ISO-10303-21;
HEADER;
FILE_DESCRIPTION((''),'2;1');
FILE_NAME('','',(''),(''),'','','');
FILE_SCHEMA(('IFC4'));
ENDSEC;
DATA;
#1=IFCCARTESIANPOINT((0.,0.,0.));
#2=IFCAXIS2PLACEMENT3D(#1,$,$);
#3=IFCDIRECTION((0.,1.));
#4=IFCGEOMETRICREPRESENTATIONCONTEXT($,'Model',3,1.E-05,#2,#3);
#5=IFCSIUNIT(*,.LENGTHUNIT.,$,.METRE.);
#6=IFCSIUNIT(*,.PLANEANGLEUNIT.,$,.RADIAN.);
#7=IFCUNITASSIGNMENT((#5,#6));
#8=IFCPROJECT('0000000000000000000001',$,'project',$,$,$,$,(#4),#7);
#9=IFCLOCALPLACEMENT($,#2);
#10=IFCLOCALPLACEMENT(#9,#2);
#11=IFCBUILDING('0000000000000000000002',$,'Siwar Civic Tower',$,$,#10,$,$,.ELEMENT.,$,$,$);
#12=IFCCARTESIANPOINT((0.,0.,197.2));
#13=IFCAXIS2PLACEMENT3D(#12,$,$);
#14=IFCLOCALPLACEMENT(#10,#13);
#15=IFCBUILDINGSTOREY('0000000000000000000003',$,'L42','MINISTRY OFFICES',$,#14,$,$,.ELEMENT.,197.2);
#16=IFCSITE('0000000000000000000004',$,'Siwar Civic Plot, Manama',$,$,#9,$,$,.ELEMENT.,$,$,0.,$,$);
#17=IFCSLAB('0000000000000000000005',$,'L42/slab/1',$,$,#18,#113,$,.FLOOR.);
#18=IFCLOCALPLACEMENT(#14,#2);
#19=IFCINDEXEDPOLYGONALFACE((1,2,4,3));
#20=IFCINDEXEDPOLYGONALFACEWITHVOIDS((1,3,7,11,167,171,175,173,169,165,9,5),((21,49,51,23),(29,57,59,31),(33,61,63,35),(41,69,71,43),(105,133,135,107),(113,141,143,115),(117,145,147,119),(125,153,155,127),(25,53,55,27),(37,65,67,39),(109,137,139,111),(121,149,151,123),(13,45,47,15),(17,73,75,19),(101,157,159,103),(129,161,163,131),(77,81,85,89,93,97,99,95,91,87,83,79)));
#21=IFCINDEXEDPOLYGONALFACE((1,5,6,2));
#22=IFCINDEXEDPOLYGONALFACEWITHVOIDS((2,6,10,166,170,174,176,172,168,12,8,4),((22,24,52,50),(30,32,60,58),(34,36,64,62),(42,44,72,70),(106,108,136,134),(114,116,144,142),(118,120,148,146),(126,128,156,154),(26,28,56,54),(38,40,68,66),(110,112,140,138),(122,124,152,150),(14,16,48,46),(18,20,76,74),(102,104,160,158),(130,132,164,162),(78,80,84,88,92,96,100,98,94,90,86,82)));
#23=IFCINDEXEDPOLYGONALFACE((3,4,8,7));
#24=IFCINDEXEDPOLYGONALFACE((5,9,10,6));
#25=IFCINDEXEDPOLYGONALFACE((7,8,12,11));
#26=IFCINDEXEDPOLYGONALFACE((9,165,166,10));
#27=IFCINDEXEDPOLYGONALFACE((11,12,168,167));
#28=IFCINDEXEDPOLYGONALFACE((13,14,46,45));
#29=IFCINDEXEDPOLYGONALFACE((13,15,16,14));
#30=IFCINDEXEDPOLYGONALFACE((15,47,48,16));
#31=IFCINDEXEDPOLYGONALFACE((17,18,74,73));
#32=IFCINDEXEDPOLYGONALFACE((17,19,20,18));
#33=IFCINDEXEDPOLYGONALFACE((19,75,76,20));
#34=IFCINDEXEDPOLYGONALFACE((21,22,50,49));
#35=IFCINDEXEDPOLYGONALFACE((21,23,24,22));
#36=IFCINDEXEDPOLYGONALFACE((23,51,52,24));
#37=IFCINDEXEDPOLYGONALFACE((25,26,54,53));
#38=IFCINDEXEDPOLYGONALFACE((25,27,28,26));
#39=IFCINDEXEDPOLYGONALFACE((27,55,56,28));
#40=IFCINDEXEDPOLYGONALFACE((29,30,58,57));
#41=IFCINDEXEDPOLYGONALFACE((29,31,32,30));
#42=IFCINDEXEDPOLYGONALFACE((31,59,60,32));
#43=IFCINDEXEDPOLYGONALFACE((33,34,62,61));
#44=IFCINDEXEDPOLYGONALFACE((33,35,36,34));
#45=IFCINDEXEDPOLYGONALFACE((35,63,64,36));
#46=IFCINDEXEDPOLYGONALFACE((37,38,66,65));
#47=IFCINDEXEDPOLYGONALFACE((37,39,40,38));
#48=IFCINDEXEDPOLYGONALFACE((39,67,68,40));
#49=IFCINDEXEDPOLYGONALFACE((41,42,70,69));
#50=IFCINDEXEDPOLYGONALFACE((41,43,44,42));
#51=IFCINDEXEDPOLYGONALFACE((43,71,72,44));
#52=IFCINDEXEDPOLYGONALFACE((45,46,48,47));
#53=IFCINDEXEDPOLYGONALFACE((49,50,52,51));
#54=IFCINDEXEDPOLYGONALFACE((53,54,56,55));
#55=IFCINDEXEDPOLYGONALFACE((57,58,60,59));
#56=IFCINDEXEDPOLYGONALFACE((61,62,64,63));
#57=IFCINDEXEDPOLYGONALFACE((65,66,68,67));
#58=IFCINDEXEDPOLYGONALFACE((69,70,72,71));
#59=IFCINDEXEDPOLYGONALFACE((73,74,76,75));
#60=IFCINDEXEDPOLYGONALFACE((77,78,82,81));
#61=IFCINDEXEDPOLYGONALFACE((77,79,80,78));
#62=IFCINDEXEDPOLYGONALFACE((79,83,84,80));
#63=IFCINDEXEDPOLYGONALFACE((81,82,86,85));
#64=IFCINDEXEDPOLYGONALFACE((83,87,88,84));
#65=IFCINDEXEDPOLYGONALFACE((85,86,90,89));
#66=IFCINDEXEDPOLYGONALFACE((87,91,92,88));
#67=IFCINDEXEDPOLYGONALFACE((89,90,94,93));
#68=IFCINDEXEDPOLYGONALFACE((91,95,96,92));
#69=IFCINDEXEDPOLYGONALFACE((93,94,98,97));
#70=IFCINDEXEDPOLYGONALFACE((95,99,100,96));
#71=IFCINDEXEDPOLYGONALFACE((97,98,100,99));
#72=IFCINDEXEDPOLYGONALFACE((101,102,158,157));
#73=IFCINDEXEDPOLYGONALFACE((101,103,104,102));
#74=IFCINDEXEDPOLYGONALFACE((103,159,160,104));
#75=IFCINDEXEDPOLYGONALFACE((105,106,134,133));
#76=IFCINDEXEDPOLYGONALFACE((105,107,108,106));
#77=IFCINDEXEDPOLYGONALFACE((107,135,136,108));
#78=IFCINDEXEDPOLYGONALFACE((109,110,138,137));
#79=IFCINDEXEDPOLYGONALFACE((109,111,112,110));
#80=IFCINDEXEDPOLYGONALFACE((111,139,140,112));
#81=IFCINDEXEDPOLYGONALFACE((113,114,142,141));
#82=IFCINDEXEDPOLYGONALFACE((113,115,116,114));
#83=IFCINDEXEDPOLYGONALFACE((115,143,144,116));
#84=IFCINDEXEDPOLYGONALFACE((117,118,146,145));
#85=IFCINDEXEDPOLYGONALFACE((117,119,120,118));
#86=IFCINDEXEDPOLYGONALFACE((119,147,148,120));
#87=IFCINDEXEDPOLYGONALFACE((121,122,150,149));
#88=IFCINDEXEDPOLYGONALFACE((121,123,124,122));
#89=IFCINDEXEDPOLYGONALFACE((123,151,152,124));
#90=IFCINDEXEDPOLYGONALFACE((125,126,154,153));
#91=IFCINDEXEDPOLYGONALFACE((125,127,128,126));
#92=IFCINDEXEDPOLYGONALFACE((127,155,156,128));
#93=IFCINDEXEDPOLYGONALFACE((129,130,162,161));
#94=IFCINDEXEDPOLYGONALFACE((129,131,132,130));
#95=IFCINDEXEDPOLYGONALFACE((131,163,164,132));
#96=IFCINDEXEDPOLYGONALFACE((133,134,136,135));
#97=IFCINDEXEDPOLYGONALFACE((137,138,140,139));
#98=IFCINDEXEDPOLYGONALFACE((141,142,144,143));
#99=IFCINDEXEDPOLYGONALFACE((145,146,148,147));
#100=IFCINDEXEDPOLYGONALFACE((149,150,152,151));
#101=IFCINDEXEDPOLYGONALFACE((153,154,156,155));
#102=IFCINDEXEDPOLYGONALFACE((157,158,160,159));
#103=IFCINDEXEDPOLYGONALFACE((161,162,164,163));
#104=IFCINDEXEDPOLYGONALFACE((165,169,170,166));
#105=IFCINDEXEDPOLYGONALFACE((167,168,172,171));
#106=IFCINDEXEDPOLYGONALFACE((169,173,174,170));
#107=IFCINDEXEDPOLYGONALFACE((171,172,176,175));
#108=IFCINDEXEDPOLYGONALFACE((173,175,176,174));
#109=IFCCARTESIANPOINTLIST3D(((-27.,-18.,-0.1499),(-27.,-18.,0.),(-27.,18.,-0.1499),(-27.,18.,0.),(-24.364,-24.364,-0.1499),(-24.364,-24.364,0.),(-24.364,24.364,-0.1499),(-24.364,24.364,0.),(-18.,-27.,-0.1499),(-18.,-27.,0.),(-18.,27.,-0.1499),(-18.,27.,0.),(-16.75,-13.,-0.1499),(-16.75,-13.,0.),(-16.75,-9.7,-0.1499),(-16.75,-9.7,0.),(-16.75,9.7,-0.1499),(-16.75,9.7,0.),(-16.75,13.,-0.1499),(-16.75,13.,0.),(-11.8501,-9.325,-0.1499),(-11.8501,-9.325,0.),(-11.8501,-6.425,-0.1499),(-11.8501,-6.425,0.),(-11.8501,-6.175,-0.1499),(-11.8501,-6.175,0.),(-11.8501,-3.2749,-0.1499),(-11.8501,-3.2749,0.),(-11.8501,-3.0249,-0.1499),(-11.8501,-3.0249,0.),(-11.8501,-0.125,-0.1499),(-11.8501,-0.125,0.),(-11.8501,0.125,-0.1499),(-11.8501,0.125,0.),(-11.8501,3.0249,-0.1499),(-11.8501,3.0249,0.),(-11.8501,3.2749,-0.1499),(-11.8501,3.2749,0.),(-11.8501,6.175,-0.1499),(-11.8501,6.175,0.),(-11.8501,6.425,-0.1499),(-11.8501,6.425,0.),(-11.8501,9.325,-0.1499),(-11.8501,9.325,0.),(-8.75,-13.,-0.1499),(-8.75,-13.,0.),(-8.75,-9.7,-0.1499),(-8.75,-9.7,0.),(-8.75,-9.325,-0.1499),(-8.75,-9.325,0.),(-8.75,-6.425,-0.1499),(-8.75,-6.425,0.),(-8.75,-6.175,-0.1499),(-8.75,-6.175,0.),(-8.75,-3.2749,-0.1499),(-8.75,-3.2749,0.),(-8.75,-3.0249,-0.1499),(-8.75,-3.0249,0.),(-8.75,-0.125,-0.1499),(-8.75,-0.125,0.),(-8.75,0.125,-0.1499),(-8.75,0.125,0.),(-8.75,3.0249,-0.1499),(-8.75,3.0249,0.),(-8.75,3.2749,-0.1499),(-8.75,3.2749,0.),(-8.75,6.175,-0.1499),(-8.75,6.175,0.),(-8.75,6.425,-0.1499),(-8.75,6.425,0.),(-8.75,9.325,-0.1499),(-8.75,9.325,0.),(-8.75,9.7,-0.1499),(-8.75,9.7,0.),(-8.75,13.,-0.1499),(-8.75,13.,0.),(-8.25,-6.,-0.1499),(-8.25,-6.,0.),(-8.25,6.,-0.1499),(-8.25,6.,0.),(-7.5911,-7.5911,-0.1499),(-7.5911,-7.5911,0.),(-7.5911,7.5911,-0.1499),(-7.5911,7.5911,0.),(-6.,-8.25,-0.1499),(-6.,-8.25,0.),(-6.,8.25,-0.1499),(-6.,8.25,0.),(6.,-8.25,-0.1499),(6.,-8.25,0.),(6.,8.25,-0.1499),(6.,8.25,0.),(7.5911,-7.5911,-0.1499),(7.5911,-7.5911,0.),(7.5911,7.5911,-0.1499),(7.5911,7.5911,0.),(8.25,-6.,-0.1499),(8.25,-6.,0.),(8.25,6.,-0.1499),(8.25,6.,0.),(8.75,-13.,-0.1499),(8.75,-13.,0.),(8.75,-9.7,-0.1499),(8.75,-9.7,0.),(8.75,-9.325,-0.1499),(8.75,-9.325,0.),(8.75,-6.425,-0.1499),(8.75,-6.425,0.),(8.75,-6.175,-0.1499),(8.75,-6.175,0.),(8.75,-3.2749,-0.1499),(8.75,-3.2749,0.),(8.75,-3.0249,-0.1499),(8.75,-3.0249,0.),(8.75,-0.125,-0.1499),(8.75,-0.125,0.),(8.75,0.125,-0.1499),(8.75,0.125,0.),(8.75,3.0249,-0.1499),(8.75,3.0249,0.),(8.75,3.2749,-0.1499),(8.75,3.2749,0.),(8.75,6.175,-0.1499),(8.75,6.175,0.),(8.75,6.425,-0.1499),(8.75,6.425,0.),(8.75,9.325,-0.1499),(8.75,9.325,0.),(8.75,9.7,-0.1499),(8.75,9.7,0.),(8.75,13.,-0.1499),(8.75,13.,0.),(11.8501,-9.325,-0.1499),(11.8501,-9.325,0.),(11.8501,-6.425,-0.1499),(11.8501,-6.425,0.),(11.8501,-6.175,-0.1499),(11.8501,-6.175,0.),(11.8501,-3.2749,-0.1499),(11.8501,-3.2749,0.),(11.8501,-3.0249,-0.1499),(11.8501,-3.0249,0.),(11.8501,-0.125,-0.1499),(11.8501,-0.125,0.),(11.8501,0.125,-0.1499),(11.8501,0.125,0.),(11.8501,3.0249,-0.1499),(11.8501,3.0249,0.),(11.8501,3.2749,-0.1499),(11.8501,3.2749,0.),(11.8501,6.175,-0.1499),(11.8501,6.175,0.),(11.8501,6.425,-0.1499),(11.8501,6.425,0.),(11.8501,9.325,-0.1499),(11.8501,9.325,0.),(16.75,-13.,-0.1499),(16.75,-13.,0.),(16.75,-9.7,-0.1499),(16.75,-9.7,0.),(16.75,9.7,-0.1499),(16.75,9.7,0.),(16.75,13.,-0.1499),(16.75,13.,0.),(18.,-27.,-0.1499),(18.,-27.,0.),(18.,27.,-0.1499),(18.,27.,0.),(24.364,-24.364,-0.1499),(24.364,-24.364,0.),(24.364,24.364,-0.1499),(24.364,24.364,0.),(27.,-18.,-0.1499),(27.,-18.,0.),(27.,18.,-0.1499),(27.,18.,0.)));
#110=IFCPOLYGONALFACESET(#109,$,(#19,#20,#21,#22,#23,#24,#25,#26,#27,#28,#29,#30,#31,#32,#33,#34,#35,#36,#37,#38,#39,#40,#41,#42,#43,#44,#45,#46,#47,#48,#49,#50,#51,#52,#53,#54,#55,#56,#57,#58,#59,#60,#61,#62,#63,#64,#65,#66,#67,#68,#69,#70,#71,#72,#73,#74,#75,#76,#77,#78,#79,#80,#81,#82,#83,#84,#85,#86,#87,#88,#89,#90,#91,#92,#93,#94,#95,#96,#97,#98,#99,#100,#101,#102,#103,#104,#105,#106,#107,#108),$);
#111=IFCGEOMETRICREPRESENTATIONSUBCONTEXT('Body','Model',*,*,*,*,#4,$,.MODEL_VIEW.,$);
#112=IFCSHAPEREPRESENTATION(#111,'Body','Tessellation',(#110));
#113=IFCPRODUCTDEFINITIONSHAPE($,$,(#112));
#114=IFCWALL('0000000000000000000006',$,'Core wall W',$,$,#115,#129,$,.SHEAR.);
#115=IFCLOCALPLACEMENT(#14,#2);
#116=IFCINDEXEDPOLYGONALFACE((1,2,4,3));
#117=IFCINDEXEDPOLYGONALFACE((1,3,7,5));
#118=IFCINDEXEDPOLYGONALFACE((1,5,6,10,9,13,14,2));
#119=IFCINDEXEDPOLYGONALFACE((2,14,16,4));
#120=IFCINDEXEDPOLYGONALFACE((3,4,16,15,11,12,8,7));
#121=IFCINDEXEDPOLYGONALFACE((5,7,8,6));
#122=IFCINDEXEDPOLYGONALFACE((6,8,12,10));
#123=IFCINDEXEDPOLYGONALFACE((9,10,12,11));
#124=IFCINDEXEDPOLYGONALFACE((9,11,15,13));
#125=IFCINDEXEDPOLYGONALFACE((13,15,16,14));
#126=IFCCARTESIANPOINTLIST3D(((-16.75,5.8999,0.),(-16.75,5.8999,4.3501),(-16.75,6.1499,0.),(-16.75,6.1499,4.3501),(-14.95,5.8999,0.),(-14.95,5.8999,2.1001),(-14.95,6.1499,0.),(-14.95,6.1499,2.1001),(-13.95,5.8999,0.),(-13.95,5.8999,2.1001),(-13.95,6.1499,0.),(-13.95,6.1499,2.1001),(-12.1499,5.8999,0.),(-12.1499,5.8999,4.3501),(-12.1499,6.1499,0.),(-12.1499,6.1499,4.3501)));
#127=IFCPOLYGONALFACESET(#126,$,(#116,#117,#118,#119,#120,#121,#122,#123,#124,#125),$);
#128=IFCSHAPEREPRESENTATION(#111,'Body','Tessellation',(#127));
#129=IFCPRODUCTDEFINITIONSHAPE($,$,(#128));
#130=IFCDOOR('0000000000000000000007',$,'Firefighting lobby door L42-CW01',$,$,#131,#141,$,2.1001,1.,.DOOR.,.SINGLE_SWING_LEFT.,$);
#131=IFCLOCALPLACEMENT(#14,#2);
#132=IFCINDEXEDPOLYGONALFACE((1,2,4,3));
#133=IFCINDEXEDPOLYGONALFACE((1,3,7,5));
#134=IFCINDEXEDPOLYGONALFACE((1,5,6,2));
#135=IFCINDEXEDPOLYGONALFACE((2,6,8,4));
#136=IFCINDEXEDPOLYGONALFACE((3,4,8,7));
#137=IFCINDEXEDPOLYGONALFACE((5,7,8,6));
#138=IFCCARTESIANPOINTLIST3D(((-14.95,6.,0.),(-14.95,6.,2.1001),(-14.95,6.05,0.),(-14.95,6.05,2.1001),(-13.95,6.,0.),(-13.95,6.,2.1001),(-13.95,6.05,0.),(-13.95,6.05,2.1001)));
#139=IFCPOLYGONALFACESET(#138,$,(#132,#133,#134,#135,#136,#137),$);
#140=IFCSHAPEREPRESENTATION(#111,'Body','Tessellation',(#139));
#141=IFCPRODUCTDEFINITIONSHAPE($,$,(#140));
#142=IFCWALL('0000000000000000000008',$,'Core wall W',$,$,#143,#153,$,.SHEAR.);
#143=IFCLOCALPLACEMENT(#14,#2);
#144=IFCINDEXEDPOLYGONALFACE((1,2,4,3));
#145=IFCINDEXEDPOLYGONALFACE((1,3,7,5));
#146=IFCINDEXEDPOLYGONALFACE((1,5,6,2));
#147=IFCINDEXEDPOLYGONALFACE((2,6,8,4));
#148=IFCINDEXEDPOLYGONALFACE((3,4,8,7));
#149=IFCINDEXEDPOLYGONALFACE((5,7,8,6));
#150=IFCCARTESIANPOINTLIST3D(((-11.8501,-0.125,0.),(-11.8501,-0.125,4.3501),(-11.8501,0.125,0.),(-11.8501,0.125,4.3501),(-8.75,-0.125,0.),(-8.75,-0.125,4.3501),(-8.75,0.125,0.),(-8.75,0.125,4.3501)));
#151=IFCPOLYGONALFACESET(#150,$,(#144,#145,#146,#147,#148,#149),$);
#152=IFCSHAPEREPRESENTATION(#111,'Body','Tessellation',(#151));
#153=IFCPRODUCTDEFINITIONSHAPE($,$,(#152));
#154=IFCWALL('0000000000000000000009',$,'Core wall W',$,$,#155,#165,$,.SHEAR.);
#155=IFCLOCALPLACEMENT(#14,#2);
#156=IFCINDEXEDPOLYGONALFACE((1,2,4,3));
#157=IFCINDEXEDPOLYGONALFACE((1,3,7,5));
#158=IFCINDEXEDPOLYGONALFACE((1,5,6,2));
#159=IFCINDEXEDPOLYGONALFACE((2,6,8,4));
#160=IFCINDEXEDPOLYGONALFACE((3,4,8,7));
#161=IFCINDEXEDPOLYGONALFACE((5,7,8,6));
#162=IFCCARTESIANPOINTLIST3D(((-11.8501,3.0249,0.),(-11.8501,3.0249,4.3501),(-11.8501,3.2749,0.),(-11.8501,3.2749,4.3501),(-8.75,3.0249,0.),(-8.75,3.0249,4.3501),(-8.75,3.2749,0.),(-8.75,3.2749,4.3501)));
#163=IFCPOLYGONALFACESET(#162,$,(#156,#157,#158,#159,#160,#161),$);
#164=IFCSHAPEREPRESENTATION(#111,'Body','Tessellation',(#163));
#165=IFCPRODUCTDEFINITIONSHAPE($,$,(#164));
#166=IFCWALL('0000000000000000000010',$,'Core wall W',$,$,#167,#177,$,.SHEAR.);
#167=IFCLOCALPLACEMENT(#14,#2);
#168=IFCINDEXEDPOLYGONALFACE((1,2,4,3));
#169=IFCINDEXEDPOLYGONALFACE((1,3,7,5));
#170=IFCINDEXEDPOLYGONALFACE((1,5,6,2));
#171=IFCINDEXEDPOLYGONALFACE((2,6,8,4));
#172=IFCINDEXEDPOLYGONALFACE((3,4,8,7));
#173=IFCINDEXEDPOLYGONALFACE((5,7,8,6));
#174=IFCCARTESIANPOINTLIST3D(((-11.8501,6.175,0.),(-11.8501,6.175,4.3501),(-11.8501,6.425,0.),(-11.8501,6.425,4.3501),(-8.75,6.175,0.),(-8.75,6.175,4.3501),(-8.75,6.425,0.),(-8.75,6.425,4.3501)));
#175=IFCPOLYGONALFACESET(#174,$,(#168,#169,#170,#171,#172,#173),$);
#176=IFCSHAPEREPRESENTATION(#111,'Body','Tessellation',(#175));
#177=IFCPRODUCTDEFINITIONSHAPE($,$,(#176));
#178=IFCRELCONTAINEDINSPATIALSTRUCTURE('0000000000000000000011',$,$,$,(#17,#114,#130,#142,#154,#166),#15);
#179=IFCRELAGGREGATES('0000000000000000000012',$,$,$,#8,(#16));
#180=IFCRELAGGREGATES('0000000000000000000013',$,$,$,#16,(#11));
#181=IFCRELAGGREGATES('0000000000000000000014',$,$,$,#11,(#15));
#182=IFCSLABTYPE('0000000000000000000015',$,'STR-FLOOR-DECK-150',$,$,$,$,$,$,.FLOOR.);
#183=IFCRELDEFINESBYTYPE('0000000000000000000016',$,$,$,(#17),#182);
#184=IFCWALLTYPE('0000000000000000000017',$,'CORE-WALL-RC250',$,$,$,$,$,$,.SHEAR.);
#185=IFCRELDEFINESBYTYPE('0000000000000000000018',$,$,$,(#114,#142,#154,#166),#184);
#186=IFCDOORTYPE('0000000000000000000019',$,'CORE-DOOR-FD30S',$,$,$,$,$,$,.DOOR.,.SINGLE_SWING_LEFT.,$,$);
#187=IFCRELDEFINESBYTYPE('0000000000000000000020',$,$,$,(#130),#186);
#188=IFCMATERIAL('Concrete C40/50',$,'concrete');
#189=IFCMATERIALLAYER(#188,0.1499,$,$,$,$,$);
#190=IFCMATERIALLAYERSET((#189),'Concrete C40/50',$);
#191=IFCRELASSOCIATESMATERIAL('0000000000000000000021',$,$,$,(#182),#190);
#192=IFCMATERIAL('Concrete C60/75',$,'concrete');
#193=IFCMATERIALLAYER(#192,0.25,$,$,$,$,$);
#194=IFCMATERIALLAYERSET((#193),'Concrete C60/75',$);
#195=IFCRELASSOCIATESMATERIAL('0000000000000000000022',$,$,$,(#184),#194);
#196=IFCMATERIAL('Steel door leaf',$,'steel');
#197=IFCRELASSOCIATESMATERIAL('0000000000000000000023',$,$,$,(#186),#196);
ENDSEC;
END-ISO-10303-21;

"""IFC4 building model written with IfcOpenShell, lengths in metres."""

from ifc_helpers import new_model, si_unit, direction, frame, frame_2d, origin, place, context, subcontext, project, spatial, polyline, rectangle, outline, extrude, material, layer, layer_set, type_object, element, fill, save


model = new_model("IFC4")

# Units and contexts
model_context = context("Model", 3, precision=1e-05, world=origin(), true_north=direction((0.0, 1.0)))
body_context = subcontext(model_context, "Body", "Model", "MODEL_VIEW")
ifc_project = project(units=[si_unit("LENGTHUNIT", "METRE"), si_unit("PLANEANGLEUNIT", "RADIAN")], contexts=[model_context])

# Site, building, storey
site_placement = place(None, origin())
site = spatial("IfcSite", under=ifc_project, at=site_placement, Name="Siwar Civic Plot, Manama", CompositionType="ELEMENT", RefElevation=0.0)
building_placement = place(site_placement, origin())
building = spatial("IfcBuilding", under=site, at=building_placement, Name="Siwar Civic Tower", CompositionType="ELEMENT")
storey_placement = place(building_placement, frame((0.0, 0.0, 197.2)))
storey = spatial("IfcBuildingStorey", under=building, at=storey_placement, Name="L42", Description="MINISTRY OFFICES", CompositionType="ELEMENT", Elevation=197.2)

# Slab
ifc_material_1 = material(Name="Concrete C40/50", Category="concrete")
ifc_layer_1 = layer(ifc_material_1, 0.1499)
ifc_layer_set_1 = layer_set([ifc_layer_1], Name="Concrete C40/50")
slab_type = type_object("IfcSlabType", Name="STR-FLOOR-DECK-150", PredefinedType="FLOOR", material=ifc_layer_set_1)
slab_placement = place(storey_placement, frame((0.0, 0.0, -0.1499)))
element("IfcSlab", 1, at=slab_placement, inside=storey, type_object=slab_type, Name="L42/slab/1", PredefinedType="FLOOR", context=body_context, shape_type="SweptSolid", body=[
    extrude(outline(polyline([(-18.0, -27.0), (18.0, -27.0), (24.364, -24.364), (27.0, -18.0), (27.0, 18.0), (24.364, 24.364), (18.0, 27.0), (-18.0, 27.0), (-24.364, 24.364), (-27.0, 18.0), (-27.0, -18.0), (-24.364, -24.364), (-18.0, -27.0)]), holes=[polyline([(16.75, 13.0), (16.75, 9.7), (8.75, 9.7), (8.75, 13.0), (16.75, 13.0)]), polyline([(8.75, -9.7), (16.75, -9.7), (16.75, -13.0), (8.75, -13.0), (8.75, -9.7)]), polyline([(11.8501, 9.325), (11.8501, 6.425), (8.75, 6.425), (8.75, 9.325), (11.8501, 9.325)]), polyline([(8.75, 6.175), (11.8501, 6.175), (11.8501, 3.2749), (8.75, 3.2749), (8.75, 6.175)]), polyline([(8.75, 3.0249), (11.8501, 3.0249), (11.8501, 0.125), (8.75, 0.125), (8.75, 3.0249)]), polyline([(8.75, -0.125), (11.8501, -0.125), (11.8501, -3.0249), (8.75, -3.0249), (8.75, -0.125)]), polyline([(8.75, -3.2749), (11.8501, -3.2749), (11.8501, -6.175), (8.75, -6.175), (8.75, -3.2749)]), polyline([(8.75, -6.425), (11.8501, -6.425), (11.8501, -9.325), (8.75, -9.325), (8.75, -6.425)]), polyline([(-6.0, 8.25), (6.0, 8.25), (7.5911, 7.5911), (8.25, 6.0), (8.25, -6.0), (7.5911, -7.5911), (6.0, -8.25), (-6.0, -8.25), (-7.5911, -7.5911), (-8.25, -6.0), (-8.25, 6.0), (-7.5911, 7.5911), (-6.0, 8.25)]), polyline([(-8.75, -13.0), (-16.75, -13.0), (-16.75, -9.7), (-8.75, -9.7), (-8.75, -13.0)]), polyline([(-8.75, 9.7), (-16.75, 9.7), (-16.75, 13.0), (-8.75, 13.0), (-8.75, 9.7)]), polyline([(-8.75, 6.425), (-11.8501, 6.425), (-11.8501, 9.325), (-8.75, 9.325), (-8.75, 6.425)]), polyline([(-8.75, 3.2749), (-11.8501, 3.2749), (-11.8501, 6.175), (-8.75, 6.175), (-8.75, 3.2749)]), polyline([(-8.75, 0.125), (-11.8501, 0.125), (-11.8501, 3.0249), (-8.75, 3.0249), (-8.75, 0.125)]), polyline([(-8.75, -3.0249), (-11.8501, -3.0249), (-11.8501, -0.125), (-8.75, -0.125), (-8.75, -3.0249)]), polyline([(-8.75, -6.175), (-11.8501, -6.175), (-11.8501, -3.2749), (-8.75, -3.2749), (-8.75, -6.175)]), polyline([(-8.75, -9.325), (-11.8501, -9.325), (-11.8501, -6.425), (-8.75, -6.425), (-8.75, -9.325)])]), origin(), (0.0, 0.0, 1.0), 0.1499),
])

# Wall, opening, door
ifc_material_2 = material(Name="Concrete C60/75", Category="concrete")
ifc_layer_2 = layer(ifc_material_2, 0.25)
ifc_layer_set_2 = layer_set([ifc_layer_2], Name="Concrete C60/75")
wall_type_1 = type_object("IfcWallType", Name="CORE-WALL-RC250", PredefinedType="SHEAR", material=ifc_layer_set_2)
wall_1_placement = place(storey_placement, frame((-12.1499, 6.0249, 0.0), z_axis=(0.0, 0.0, 1.0), x_axis=(-1.0, 0.0, 0.0)))
wall_1 = element("IfcWall", 2, at=wall_1_placement, inside=storey, type_object=wall_type_1, Name="Core wall W", PredefinedType="SHEAR", context=body_context, shape_type="SweptSolid", body=[
    extrude(rectangle(XDim=4.6001, YDim=0.25, at=frame_2d((2.3, 0.0))), origin(), (0.0, 0.0, 1.0), 4.3501),
])
opening_1_placement = place(wall_1_placement, frame((1.8, 0.0, 0.0)))
opening_1 = element("IfcOpeningElement", 3, at=opening_1_placement, cuts=wall_1, PredefinedType="OPENING", context=body_context, shape_type="SweptSolid", body=[
    extrude(rectangle(XDim=1.0, YDim=2.1001, at=frame_2d((0.5, 1.05))), frame((0.0, 0.135, 0.0), z_axis=(0.0, -1.0, 0.0), x_axis=(1.0, 0.0, 0.0)), (0.0, 0.0, 1.0), 0.27),
])
ifc_material_3 = material(Name="Steel door leaf", Category="steel")
door_type_1 = type_object("IfcDoorType", Name="CORE-DOOR-FD30S", OperationType="SINGLE_SWING_LEFT", PredefinedType="DOOR", material=ifc_material_3)
door_1_placement = place(opening_1_placement, origin())
door_1 = element("IfcDoor", 4, at=door_1_placement, inside=storey, type_object=door_type_1, Name="Firefighting lobby door L42-CW01", OperationType="SINGLE_SWING_LEFT", OverallHeight=2.1001, OverallWidth=1.0, PredefinedType="DOOR", context=body_context, shape_type="SweptSolid", body=[
    extrude(rectangle(XDim=1.0, YDim=2.1001, at=frame_2d((0.5, 1.05))), frame((0.0, 0.0249, 0.0), z_axis=(0.0, -1.0, 0.0), x_axis=(1.0, 0.0, 0.0)), (0.0, 0.0, 1.0), 0.05),
])
fill(opening_1, door_1)

# Walls
for number, where, z_axis, x_axis, name in (
    (5, (-8.75, 0.0, 0.0), (0.0, 0.0, 1.0), (-1.0, 0.0, 0.0), "Core wall W"),
    (6, (-8.75, 3.1499, 0.0), (0.0, 0.0, 1.0), (-1.0, 0.0, 0.0), "Core wall W"),
    (7, (-8.75, 6.3, 0.0), (0.0, 0.0, 1.0), (-1.0, 0.0, 0.0), "Core wall W"),
):
    element("IfcWall", number, at=place(storey_placement, frame(where, z_axis=z_axis, x_axis=x_axis)), inside=storey, type_object=wall_type_1, Name=name, PredefinedType="SHEAR", context=body_context, shape_type="SweptSolid", body=[
        extrude(rectangle(XDim=3.1001, YDim=0.25, at=frame_2d((1.55, 0.0))), origin(), (0.0, 0.0, 1.0), 4.3501),
    ])

save(model, "model.ifc")
